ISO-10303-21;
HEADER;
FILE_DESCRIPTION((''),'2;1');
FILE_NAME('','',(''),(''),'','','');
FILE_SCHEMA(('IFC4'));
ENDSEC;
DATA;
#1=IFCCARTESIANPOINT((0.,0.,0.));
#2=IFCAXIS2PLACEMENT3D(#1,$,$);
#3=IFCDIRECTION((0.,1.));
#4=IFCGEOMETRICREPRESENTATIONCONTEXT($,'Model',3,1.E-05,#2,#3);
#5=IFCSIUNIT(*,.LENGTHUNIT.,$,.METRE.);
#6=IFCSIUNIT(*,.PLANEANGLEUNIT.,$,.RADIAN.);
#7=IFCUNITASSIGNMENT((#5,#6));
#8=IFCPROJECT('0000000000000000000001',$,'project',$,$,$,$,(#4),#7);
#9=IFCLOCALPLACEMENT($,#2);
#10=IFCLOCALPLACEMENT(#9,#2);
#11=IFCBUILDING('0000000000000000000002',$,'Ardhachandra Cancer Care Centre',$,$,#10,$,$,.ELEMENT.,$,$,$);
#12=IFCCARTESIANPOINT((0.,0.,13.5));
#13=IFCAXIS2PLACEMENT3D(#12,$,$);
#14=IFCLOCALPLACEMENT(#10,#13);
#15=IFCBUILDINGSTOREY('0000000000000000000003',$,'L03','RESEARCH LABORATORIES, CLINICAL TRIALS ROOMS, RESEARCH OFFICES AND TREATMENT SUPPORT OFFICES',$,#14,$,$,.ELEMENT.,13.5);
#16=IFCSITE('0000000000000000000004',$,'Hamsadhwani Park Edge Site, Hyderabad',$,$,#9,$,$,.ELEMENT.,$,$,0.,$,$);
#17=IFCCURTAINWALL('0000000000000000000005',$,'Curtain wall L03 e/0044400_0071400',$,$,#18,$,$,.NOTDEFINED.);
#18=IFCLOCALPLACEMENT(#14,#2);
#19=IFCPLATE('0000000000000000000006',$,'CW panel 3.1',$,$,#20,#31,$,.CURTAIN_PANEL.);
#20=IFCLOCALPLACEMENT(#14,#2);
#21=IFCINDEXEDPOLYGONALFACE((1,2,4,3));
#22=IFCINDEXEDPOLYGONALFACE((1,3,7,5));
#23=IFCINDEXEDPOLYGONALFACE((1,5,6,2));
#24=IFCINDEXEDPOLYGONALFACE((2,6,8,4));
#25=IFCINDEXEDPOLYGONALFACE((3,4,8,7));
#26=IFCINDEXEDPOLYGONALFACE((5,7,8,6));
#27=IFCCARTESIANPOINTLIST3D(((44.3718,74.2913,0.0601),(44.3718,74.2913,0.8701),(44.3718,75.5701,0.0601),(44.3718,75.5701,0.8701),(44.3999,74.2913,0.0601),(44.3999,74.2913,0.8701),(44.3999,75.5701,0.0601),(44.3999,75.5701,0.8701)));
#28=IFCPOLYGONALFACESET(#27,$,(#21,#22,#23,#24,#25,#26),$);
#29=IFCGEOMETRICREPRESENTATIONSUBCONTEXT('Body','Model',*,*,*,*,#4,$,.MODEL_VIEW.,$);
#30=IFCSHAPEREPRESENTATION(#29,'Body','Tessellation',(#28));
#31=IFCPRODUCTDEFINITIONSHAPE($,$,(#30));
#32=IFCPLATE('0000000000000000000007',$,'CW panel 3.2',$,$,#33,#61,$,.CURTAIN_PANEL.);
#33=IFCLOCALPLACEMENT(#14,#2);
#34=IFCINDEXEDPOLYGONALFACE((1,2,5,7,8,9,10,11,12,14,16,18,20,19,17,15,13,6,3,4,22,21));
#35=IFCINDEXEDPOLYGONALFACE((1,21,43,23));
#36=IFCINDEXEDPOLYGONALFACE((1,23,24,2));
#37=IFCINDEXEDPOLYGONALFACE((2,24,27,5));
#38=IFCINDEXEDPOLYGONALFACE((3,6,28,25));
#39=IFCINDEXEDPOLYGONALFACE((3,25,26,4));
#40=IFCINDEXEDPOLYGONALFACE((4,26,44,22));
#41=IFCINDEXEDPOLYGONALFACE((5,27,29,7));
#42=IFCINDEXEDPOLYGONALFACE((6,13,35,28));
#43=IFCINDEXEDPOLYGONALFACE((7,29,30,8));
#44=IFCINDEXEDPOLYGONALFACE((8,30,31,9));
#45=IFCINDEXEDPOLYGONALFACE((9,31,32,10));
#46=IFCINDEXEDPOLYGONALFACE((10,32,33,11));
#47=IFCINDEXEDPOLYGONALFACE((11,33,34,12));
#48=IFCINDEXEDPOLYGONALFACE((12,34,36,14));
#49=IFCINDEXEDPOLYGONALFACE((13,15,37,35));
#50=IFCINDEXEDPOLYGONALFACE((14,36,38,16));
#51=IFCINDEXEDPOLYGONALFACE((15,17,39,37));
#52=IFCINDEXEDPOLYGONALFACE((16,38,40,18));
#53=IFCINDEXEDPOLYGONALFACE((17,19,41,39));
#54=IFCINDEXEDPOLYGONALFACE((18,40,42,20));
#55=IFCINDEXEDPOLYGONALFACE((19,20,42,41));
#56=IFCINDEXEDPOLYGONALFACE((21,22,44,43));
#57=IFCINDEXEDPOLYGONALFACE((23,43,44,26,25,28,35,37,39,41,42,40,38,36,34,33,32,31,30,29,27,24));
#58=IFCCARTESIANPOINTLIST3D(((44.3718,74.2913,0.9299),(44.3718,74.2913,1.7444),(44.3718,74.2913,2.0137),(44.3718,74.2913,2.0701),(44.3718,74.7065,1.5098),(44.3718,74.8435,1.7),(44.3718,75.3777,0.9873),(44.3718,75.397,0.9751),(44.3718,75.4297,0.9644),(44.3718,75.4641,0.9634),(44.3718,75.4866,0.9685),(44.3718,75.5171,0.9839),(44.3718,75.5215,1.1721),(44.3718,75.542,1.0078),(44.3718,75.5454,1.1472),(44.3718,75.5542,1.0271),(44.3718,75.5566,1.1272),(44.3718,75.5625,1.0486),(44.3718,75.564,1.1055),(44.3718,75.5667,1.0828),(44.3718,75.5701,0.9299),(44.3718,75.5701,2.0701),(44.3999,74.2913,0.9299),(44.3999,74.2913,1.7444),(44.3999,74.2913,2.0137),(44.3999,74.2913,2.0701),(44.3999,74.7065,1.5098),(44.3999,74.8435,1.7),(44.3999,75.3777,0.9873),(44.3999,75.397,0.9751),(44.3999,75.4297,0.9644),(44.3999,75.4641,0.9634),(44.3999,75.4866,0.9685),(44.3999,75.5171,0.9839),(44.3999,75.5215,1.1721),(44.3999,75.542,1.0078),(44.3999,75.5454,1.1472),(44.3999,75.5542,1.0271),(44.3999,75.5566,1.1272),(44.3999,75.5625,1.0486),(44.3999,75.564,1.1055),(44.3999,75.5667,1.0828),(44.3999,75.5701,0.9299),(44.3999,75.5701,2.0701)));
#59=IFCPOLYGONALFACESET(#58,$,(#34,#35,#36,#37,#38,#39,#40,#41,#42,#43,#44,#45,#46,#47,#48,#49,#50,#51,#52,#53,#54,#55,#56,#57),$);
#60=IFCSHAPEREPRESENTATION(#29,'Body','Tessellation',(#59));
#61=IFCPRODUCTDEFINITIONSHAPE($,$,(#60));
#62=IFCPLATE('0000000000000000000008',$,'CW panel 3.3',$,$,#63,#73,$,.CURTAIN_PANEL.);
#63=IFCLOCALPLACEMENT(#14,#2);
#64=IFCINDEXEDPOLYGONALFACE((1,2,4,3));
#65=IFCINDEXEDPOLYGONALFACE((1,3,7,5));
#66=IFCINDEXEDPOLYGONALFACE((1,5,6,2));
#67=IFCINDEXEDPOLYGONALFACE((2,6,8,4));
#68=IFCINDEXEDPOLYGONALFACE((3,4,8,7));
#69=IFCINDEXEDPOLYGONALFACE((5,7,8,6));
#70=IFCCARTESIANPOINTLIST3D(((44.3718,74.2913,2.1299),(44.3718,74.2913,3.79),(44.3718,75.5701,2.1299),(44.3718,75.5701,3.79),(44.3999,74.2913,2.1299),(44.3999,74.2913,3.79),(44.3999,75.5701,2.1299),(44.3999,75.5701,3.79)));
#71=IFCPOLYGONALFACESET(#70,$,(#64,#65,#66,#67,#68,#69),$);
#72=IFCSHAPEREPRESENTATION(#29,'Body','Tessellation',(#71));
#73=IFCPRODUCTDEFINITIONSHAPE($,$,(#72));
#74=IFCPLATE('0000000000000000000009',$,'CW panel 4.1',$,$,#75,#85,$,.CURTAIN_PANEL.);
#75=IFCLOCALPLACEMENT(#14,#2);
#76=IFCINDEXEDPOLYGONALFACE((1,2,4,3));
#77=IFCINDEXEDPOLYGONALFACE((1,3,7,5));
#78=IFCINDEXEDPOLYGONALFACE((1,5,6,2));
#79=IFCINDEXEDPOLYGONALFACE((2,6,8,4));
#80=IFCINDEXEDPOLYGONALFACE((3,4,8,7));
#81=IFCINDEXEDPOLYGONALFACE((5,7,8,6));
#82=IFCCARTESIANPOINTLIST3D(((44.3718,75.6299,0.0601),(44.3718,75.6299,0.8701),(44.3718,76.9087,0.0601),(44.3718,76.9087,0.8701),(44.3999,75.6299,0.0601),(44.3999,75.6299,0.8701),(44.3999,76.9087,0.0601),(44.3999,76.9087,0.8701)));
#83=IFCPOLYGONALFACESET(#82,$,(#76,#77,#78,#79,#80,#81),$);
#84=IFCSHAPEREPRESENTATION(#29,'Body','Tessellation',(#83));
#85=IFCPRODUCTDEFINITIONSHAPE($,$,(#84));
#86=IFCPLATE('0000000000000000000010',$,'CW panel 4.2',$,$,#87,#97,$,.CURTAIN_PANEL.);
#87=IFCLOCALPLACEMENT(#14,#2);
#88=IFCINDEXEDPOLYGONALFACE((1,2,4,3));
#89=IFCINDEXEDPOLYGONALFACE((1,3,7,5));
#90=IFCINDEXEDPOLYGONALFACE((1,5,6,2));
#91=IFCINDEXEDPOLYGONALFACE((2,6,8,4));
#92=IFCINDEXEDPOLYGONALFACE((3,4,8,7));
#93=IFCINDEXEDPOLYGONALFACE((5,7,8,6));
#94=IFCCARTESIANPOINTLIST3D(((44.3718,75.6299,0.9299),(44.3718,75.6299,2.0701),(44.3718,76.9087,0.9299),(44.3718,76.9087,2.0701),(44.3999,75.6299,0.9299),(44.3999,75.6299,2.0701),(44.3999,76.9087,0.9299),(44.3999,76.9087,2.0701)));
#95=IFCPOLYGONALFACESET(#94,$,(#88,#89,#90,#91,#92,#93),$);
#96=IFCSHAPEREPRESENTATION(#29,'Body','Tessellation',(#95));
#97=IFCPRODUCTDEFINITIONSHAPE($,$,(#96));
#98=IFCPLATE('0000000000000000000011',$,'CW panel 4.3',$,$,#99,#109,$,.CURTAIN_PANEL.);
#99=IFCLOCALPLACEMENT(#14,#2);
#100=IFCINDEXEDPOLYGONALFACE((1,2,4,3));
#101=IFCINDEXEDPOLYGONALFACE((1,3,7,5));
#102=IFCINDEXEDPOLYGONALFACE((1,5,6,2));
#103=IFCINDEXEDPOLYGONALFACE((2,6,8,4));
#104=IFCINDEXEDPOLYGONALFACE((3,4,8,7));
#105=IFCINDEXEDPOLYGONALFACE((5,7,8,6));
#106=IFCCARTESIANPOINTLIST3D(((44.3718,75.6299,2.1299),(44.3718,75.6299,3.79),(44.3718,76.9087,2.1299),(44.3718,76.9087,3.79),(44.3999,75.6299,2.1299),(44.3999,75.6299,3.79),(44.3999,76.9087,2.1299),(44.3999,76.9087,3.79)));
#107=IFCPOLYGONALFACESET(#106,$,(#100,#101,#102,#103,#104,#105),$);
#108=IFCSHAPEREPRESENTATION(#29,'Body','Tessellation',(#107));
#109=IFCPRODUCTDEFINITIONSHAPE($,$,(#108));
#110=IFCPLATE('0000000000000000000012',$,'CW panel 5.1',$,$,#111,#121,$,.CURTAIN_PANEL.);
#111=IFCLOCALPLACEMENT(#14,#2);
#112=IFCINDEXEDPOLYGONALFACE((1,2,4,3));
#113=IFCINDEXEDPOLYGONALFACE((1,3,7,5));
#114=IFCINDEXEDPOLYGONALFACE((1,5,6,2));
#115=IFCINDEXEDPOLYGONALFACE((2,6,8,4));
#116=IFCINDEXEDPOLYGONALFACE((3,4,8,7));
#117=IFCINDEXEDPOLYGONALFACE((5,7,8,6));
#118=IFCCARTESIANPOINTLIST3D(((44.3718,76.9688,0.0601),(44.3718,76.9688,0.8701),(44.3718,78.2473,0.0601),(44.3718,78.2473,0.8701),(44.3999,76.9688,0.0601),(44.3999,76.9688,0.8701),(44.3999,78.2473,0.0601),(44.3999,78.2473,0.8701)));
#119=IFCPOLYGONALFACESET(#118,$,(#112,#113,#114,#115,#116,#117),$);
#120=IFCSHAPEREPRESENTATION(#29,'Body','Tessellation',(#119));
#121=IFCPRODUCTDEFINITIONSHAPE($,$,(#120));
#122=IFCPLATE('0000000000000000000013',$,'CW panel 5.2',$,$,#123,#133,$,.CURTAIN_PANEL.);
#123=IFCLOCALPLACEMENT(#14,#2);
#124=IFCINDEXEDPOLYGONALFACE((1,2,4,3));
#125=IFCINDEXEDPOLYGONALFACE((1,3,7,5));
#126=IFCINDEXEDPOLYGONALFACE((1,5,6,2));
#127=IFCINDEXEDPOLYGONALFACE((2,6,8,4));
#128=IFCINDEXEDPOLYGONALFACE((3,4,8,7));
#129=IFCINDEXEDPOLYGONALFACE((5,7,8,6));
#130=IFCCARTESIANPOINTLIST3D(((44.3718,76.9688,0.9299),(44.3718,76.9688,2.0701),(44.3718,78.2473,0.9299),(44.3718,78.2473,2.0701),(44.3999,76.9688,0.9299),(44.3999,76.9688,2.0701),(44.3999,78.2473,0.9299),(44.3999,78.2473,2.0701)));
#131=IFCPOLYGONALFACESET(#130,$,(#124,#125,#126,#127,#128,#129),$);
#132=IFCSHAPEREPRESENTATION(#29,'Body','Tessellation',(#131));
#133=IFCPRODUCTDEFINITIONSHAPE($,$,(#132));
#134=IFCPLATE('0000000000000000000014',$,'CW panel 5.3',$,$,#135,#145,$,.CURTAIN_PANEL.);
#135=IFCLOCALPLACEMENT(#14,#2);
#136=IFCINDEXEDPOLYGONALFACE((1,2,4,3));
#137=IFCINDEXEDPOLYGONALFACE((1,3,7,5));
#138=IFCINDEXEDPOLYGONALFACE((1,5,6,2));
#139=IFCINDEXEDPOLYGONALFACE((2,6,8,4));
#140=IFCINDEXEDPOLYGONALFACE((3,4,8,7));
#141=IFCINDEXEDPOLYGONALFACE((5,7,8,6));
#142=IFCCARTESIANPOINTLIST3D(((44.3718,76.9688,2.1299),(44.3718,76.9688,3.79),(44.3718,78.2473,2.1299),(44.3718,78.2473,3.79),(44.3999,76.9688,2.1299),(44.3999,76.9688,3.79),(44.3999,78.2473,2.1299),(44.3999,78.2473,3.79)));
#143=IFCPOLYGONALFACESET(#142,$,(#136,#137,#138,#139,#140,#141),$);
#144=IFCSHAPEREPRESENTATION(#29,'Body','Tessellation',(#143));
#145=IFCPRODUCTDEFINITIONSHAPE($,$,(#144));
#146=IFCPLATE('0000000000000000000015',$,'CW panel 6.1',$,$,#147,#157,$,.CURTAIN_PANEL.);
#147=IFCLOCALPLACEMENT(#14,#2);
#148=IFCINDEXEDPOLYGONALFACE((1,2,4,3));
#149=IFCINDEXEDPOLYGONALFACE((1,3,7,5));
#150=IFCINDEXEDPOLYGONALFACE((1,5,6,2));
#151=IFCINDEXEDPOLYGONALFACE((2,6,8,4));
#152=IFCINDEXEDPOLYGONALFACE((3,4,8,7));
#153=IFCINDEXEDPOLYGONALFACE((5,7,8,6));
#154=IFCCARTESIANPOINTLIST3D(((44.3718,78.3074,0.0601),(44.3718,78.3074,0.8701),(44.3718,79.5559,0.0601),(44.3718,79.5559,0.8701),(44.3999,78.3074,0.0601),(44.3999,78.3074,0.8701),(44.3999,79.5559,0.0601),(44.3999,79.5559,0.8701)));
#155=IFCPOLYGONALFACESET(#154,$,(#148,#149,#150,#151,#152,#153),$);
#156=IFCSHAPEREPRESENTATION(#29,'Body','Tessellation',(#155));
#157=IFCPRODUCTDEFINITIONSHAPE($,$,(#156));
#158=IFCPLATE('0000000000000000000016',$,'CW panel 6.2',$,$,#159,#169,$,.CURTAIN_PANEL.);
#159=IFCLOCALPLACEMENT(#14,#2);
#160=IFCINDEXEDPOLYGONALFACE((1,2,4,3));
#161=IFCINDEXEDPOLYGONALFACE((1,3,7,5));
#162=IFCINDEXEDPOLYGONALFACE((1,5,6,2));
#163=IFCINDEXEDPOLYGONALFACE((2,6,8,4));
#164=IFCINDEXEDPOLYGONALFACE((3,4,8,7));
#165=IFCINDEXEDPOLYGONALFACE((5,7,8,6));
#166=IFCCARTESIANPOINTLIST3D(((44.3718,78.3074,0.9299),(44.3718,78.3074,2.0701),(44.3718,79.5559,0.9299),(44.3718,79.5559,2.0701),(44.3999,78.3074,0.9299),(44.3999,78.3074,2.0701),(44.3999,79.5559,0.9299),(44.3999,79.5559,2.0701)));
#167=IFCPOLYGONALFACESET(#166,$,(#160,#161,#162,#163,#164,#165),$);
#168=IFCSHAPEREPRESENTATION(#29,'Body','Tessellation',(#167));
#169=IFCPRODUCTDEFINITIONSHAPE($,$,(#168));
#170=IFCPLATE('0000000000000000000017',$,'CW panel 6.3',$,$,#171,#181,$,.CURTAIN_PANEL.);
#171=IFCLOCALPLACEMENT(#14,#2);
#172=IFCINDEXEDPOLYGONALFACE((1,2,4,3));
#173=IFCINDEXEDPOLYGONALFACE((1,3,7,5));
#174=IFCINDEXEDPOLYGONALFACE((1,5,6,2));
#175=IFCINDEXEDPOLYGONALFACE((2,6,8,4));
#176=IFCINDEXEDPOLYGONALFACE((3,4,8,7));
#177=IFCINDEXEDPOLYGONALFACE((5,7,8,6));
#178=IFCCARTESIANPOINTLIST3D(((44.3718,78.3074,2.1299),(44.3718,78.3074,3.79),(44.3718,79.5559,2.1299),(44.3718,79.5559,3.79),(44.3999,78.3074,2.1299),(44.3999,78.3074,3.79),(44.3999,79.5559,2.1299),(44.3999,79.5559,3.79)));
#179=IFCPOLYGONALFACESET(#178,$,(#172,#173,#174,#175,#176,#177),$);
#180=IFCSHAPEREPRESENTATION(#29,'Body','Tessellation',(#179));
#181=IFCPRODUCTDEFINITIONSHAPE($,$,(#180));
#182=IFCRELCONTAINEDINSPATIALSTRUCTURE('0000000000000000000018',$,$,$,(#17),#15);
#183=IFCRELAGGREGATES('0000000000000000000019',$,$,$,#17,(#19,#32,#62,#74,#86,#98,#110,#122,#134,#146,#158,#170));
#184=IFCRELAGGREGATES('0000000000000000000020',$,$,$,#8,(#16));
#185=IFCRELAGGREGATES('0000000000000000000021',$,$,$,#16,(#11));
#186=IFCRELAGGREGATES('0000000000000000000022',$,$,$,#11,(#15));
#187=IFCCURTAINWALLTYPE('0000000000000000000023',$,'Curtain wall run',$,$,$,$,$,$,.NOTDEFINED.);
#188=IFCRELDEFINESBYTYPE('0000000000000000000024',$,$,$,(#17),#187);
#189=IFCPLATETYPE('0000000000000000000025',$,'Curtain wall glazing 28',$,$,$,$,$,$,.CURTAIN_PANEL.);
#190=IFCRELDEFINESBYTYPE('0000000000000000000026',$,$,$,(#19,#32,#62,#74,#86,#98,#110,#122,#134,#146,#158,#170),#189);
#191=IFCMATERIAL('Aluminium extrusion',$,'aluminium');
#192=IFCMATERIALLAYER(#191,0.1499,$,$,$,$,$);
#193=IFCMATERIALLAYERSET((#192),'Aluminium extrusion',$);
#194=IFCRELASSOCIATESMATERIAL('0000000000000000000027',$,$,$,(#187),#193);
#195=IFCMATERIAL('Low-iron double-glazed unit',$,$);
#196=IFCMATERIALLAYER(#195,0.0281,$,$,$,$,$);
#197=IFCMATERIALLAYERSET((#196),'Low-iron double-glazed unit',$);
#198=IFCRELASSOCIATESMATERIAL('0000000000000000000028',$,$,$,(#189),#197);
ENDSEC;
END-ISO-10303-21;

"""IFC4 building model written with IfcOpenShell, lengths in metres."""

from ifc_helpers import new_model, si_unit, direction, frame, origin, place, context, subcontext, project, spatial, polyline, outline, extrude, material, layer, layer_set, type_object, element, aggregate, save


model = new_model("IFC4")

# Units and contexts
model_context = context("Model", 3, precision=1e-05, world=origin(), true_north=direction((0.0, 1.0)))
body_context = subcontext(model_context, "Body", "Model", "MODEL_VIEW")
ifc_project = project(units=[si_unit("LENGTHUNIT", "METRE"), si_unit("PLANEANGLEUNIT", "RADIAN")], contexts=[model_context])

# Site, building, storey
site_placement = place(None, origin())
site = spatial("IfcSite", under=ifc_project, at=site_placement, Name="Hamsadhwani Park Edge Site, Hyderabad", CompositionType="ELEMENT", RefElevation=0.0)
building_placement = place(site_placement, origin())
building = spatial("IfcBuilding", under=site, at=building_placement, Name="Ardhachandra Cancer Care Centre", CompositionType="ELEMENT")
storey_placement = place(building_placement, frame((0.0, 0.0, 13.5)))
storey = spatial("IfcBuildingStorey", under=building, at=storey_placement, Name="L03", Description="RESEARCH LABORATORIES, CLINICAL TRIALS ROOMS, RESEARCH OFFICES AND TREATMENT SUPPORT OFFICES", CompositionType="ELEMENT", Elevation=13.5)

# Curtain wall, plates
ifc_material_1 = material(Name="Aluminium extrusion", Category="aluminium")
ifc_layer_1 = layer(ifc_material_1, 0.1499)
ifc_layer_set_1 = layer_set([ifc_layer_1], Name="Aluminium extrusion")
curtain_wall_type = type_object("IfcCurtainWallType", Name="Curtain wall run", PredefinedType="NOTDEFINED", material=ifc_layer_set_1)
curtain_wall_placement = place(storey_placement, origin())
curtain_wall = element("IfcCurtainWall", 1, at=curtain_wall_placement, inside=storey, type_object=curtain_wall_type, Name="Curtain wall L03 e/0044400_0071400", PredefinedType="NOTDEFINED")
ifc_material_2 = material(Name="Low-iron double-glazed unit")
ifc_layer_2 = layer(ifc_material_2, 0.0281)
ifc_layer_set_2 = layer_set([ifc_layer_2], Name="Low-iron double-glazed unit")
plate_type = type_object("IfcPlateType", Name="Curtain wall glazing 28", PredefinedType="CURTAIN_PANEL", material=ifc_layer_set_2)
plate_1_placement = place(storey_placement, frame((44.3999, 74.2913, 0.0601), z_axis=(-1.0, 0.0, 0.0), x_axis=(0.0, 0.0, 1.0)))
plate_1 = element("IfcPlate", 2, at=plate_1_placement, type_object=plate_type, Name="CW panel 3.1", PredefinedType="CURTAIN_PANEL", context=body_context, shape_type="SweptSolid", body=[
    extrude(outline(polyline([(0.0, 0.0), (0.8101, 0.0), (0.8101, 1.2788), (0.0, 1.2788), (0.0, 0.0)])), origin(), (0.0, 0.0, 1.0), 0.0281),
])
plate_2_placement = place(storey_placement, frame((44.3999, 74.2913, 2.0701), z_axis=(-1.0, 0.0, 0.0), x_axis=(0.0, 1.0, 0.0)))
plate_2 = element("IfcPlate", 3, at=plate_2_placement, type_object=plate_type, Name="CW panel 3.2", PredefinedType="CURTAIN_PANEL", context=body_context, shape_type="SweptSolid", body=[
    extrude(outline(polyline([(0.0, 0.0), (1.2788, 0.0), (1.2788, 1.1401), (0.0, 1.1401), (0.0, 0.3257), (0.4153, 0.5603), (1.0864, 1.0828), (1.1057, 1.095), (1.1384, 1.1057), (1.1729, 1.1067), (1.1953, 1.1016), (1.2258, 1.0862), (1.2507, 1.0623), (1.2629, 1.043), (1.2712, 1.0215), (1.2754, 0.9873), (1.2727, 0.9646), (1.2654, 0.9429), (1.2542, 0.9229), (1.2302, 0.8979), (0.5522, 0.3701), (0.0, 0.0564), (0.0, 0.0)])), origin(), (0.0, 0.0, 1.0), 0.0281),
])
plate_3_placement = place(storey_placement, frame((44.3999, 74.2913, 2.1299), z_axis=(-1.0, 0.0, 0.0), x_axis=(0.0, 0.0, 1.0)))
plate_3 = element("IfcPlate", 4, at=plate_3_placement, type_object=plate_type, Name="CW panel 3.3", PredefinedType="CURTAIN_PANEL", context=body_context, shape_type="SweptSolid", body=[
    extrude(outline(polyline([(0.0, 0.0), (1.6602, 0.0), (1.6602, 1.2788), (0.0, 1.2788), (0.0, 0.0)])), origin(), (0.0, 0.0, 1.0), 0.0281),
])
plate_4_placement = place(storey_placement, frame((44.3999, 75.6299, 0.0601), z_axis=(-1.0, 0.0, 0.0), x_axis=(0.0, 0.0, 1.0)))
plate_4 = element("IfcPlate", 5, at=plate_4_placement, type_object=plate_type, Name="CW panel 4.1", PredefinedType="CURTAIN_PANEL", context=body_context, shape_type="SweptSolid", body=[
    extrude(outline(polyline([(0.0, 0.0), (0.8101, 0.0), (0.8101, 1.2788), (0.0, 1.2788), (0.0, 0.0)])), origin(), (0.0, 0.0, 1.0), 0.0281),
])
plate_5_placement = place(storey_placement, frame((44.3999, 75.6299, 0.9299), z_axis=(-1.0, 0.0, 0.0), x_axis=(0.0, 0.0, 1.0)))
plate_5 = element("IfcPlate", 6, at=plate_5_placement, type_object=plate_type, Name="CW panel 4.2", PredefinedType="CURTAIN_PANEL", context=body_context, shape_type="SweptSolid", body=[
    extrude(outline(polyline([(0.0, 0.0), (1.1401, 0.0), (1.1401, 1.2788), (0.0, 1.2788), (0.0, 0.0)])), origin(), (0.0, 0.0, 1.0), 0.0281),
])
plate_6_placement = place(storey_placement, frame((44.3999, 75.6299, 2.1299), z_axis=(-1.0, 0.0, 0.0), x_axis=(0.0, 0.0, 1.0)))
plate_6 = element("IfcPlate", 7, at=plate_6_placement, type_object=plate_type, Name="CW panel 4.3", PredefinedType="CURTAIN_PANEL", context=body_context, shape_type="SweptSolid", body=[
    extrude(outline(polyline([(0.0, 0.0), (1.6602, 0.0), (1.6602, 1.2788), (0.0, 1.2788), (0.0, 0.0)])), origin(), (0.0, 0.0, 1.0), 0.0281),
])
plate_7_placement = place(storey_placement, frame((44.3999, 76.9688, 0.0601), z_axis=(-1.0, 0.0, 0.0), x_axis=(0.0, 0.0, 1.0)))
plate_7 = element("IfcPlate", 8, at=plate_7_placement, type_object=plate_type, Name="CW panel 5.1", PredefinedType="CURTAIN_PANEL", context=body_context, shape_type="SweptSolid", body=[
    extrude(outline(polyline([(0.0, 0.0), (0.8101, 0.0), (0.8101, 1.2786), (0.0, 1.2786), (0.0, 0.0)])), origin(), (0.0, 0.0, 1.0), 0.0281),
])
plate_8_placement = place(storey_placement, frame((44.3999, 76.9688, 0.9299), z_axis=(-1.0, 0.0, 0.0), x_axis=(0.0, 0.0, 1.0)))
plate_8 = element("IfcPlate", 9, at=plate_8_placement, type_object=plate_type, Name="CW panel 5.2", PredefinedType="CURTAIN_PANEL", context=body_context, shape_type="SweptSolid", body=[
    extrude(outline(polyline([(0.0, 0.0), (1.1401, 0.0), (1.1401, 1.2786), (0.0, 1.2786), (0.0, 0.0)])), origin(), (0.0, 0.0, 1.0), 0.0281),
])
plate_9_placement = place(storey_placement, frame((44.3999, 76.9688, 2.1299), z_axis=(-1.0, 0.0, 0.0), x_axis=(0.0, 0.0, 1.0)))
plate_9 = element("IfcPlate", 10, at=plate_9_placement, type_object=plate_type, Name="CW panel 5.3", PredefinedType="CURTAIN_PANEL", context=body_context, shape_type="SweptSolid", body=[
    extrude(outline(polyline([(0.0, 0.0), (1.6602, 0.0), (1.6602, 1.2786), (0.0, 1.2786), (0.0, 0.0)])), origin(), (0.0, 0.0, 1.0), 0.0281),
])
plate_10_placement = place(storey_placement, frame((44.3999, 78.3074, 0.0601), z_axis=(-1.0, 0.0, 0.0), x_axis=(0.0, 0.0, 1.0)))
plate_10 = element("IfcPlate", 11, at=plate_10_placement, type_object=plate_type, Name="CW panel 6.1", PredefinedType="CURTAIN_PANEL", context=body_context, shape_type="SweptSolid", body=[
    extrude(outline(polyline([(0.0, 0.0), (0.8101, 0.0), (0.8101, 1.2485), (0.0, 1.2485), (0.0, 0.0)])), origin(), (0.0, 0.0, 1.0), 0.0281),
])
plate_11_placement = place(storey_placement, frame((44.3999, 78.3074, 0.9299), z_axis=(-1.0, 0.0, 0.0), x_axis=(0.0, 0.0, 1.0)))
plate_11 = element("IfcPlate", 12, at=plate_11_placement, type_object=plate_type, Name="CW panel 6.2", PredefinedType="CURTAIN_PANEL", context=body_context, shape_type="SweptSolid", body=[
    extrude(outline(polyline([(0.0, 0.0), (1.1401, 0.0), (1.1401, 1.2485), (0.0, 1.2485), (0.0, 0.0)])), origin(), (0.0, 0.0, 1.0), 0.0281),
])
plate_12_placement = place(storey_placement, frame((44.3999, 78.3074, 2.1299), z_axis=(-1.0, 0.0, 0.0), x_axis=(0.0, 0.0, 1.0)))
plate_12 = element("IfcPlate", 13, at=plate_12_placement, type_object=plate_type, Name="CW panel 6.3", PredefinedType="CURTAIN_PANEL", context=body_context, shape_type="SweptSolid", body=[
    extrude(outline(polyline([(0.0, 0.0), (1.6602, 0.0), (1.6602, 1.2485), (0.0, 1.2485), (0.0, 0.0)])), origin(), (0.0, 0.0, 1.0), 0.0281),
])
aggregate(curtain_wall, [plate_1, plate_2, plate_3, plate_4, plate_5, plate_6, plate_7, plate_8, plate_9, plate_10, plate_11, plate_12])

save(model, "model.ifc")
